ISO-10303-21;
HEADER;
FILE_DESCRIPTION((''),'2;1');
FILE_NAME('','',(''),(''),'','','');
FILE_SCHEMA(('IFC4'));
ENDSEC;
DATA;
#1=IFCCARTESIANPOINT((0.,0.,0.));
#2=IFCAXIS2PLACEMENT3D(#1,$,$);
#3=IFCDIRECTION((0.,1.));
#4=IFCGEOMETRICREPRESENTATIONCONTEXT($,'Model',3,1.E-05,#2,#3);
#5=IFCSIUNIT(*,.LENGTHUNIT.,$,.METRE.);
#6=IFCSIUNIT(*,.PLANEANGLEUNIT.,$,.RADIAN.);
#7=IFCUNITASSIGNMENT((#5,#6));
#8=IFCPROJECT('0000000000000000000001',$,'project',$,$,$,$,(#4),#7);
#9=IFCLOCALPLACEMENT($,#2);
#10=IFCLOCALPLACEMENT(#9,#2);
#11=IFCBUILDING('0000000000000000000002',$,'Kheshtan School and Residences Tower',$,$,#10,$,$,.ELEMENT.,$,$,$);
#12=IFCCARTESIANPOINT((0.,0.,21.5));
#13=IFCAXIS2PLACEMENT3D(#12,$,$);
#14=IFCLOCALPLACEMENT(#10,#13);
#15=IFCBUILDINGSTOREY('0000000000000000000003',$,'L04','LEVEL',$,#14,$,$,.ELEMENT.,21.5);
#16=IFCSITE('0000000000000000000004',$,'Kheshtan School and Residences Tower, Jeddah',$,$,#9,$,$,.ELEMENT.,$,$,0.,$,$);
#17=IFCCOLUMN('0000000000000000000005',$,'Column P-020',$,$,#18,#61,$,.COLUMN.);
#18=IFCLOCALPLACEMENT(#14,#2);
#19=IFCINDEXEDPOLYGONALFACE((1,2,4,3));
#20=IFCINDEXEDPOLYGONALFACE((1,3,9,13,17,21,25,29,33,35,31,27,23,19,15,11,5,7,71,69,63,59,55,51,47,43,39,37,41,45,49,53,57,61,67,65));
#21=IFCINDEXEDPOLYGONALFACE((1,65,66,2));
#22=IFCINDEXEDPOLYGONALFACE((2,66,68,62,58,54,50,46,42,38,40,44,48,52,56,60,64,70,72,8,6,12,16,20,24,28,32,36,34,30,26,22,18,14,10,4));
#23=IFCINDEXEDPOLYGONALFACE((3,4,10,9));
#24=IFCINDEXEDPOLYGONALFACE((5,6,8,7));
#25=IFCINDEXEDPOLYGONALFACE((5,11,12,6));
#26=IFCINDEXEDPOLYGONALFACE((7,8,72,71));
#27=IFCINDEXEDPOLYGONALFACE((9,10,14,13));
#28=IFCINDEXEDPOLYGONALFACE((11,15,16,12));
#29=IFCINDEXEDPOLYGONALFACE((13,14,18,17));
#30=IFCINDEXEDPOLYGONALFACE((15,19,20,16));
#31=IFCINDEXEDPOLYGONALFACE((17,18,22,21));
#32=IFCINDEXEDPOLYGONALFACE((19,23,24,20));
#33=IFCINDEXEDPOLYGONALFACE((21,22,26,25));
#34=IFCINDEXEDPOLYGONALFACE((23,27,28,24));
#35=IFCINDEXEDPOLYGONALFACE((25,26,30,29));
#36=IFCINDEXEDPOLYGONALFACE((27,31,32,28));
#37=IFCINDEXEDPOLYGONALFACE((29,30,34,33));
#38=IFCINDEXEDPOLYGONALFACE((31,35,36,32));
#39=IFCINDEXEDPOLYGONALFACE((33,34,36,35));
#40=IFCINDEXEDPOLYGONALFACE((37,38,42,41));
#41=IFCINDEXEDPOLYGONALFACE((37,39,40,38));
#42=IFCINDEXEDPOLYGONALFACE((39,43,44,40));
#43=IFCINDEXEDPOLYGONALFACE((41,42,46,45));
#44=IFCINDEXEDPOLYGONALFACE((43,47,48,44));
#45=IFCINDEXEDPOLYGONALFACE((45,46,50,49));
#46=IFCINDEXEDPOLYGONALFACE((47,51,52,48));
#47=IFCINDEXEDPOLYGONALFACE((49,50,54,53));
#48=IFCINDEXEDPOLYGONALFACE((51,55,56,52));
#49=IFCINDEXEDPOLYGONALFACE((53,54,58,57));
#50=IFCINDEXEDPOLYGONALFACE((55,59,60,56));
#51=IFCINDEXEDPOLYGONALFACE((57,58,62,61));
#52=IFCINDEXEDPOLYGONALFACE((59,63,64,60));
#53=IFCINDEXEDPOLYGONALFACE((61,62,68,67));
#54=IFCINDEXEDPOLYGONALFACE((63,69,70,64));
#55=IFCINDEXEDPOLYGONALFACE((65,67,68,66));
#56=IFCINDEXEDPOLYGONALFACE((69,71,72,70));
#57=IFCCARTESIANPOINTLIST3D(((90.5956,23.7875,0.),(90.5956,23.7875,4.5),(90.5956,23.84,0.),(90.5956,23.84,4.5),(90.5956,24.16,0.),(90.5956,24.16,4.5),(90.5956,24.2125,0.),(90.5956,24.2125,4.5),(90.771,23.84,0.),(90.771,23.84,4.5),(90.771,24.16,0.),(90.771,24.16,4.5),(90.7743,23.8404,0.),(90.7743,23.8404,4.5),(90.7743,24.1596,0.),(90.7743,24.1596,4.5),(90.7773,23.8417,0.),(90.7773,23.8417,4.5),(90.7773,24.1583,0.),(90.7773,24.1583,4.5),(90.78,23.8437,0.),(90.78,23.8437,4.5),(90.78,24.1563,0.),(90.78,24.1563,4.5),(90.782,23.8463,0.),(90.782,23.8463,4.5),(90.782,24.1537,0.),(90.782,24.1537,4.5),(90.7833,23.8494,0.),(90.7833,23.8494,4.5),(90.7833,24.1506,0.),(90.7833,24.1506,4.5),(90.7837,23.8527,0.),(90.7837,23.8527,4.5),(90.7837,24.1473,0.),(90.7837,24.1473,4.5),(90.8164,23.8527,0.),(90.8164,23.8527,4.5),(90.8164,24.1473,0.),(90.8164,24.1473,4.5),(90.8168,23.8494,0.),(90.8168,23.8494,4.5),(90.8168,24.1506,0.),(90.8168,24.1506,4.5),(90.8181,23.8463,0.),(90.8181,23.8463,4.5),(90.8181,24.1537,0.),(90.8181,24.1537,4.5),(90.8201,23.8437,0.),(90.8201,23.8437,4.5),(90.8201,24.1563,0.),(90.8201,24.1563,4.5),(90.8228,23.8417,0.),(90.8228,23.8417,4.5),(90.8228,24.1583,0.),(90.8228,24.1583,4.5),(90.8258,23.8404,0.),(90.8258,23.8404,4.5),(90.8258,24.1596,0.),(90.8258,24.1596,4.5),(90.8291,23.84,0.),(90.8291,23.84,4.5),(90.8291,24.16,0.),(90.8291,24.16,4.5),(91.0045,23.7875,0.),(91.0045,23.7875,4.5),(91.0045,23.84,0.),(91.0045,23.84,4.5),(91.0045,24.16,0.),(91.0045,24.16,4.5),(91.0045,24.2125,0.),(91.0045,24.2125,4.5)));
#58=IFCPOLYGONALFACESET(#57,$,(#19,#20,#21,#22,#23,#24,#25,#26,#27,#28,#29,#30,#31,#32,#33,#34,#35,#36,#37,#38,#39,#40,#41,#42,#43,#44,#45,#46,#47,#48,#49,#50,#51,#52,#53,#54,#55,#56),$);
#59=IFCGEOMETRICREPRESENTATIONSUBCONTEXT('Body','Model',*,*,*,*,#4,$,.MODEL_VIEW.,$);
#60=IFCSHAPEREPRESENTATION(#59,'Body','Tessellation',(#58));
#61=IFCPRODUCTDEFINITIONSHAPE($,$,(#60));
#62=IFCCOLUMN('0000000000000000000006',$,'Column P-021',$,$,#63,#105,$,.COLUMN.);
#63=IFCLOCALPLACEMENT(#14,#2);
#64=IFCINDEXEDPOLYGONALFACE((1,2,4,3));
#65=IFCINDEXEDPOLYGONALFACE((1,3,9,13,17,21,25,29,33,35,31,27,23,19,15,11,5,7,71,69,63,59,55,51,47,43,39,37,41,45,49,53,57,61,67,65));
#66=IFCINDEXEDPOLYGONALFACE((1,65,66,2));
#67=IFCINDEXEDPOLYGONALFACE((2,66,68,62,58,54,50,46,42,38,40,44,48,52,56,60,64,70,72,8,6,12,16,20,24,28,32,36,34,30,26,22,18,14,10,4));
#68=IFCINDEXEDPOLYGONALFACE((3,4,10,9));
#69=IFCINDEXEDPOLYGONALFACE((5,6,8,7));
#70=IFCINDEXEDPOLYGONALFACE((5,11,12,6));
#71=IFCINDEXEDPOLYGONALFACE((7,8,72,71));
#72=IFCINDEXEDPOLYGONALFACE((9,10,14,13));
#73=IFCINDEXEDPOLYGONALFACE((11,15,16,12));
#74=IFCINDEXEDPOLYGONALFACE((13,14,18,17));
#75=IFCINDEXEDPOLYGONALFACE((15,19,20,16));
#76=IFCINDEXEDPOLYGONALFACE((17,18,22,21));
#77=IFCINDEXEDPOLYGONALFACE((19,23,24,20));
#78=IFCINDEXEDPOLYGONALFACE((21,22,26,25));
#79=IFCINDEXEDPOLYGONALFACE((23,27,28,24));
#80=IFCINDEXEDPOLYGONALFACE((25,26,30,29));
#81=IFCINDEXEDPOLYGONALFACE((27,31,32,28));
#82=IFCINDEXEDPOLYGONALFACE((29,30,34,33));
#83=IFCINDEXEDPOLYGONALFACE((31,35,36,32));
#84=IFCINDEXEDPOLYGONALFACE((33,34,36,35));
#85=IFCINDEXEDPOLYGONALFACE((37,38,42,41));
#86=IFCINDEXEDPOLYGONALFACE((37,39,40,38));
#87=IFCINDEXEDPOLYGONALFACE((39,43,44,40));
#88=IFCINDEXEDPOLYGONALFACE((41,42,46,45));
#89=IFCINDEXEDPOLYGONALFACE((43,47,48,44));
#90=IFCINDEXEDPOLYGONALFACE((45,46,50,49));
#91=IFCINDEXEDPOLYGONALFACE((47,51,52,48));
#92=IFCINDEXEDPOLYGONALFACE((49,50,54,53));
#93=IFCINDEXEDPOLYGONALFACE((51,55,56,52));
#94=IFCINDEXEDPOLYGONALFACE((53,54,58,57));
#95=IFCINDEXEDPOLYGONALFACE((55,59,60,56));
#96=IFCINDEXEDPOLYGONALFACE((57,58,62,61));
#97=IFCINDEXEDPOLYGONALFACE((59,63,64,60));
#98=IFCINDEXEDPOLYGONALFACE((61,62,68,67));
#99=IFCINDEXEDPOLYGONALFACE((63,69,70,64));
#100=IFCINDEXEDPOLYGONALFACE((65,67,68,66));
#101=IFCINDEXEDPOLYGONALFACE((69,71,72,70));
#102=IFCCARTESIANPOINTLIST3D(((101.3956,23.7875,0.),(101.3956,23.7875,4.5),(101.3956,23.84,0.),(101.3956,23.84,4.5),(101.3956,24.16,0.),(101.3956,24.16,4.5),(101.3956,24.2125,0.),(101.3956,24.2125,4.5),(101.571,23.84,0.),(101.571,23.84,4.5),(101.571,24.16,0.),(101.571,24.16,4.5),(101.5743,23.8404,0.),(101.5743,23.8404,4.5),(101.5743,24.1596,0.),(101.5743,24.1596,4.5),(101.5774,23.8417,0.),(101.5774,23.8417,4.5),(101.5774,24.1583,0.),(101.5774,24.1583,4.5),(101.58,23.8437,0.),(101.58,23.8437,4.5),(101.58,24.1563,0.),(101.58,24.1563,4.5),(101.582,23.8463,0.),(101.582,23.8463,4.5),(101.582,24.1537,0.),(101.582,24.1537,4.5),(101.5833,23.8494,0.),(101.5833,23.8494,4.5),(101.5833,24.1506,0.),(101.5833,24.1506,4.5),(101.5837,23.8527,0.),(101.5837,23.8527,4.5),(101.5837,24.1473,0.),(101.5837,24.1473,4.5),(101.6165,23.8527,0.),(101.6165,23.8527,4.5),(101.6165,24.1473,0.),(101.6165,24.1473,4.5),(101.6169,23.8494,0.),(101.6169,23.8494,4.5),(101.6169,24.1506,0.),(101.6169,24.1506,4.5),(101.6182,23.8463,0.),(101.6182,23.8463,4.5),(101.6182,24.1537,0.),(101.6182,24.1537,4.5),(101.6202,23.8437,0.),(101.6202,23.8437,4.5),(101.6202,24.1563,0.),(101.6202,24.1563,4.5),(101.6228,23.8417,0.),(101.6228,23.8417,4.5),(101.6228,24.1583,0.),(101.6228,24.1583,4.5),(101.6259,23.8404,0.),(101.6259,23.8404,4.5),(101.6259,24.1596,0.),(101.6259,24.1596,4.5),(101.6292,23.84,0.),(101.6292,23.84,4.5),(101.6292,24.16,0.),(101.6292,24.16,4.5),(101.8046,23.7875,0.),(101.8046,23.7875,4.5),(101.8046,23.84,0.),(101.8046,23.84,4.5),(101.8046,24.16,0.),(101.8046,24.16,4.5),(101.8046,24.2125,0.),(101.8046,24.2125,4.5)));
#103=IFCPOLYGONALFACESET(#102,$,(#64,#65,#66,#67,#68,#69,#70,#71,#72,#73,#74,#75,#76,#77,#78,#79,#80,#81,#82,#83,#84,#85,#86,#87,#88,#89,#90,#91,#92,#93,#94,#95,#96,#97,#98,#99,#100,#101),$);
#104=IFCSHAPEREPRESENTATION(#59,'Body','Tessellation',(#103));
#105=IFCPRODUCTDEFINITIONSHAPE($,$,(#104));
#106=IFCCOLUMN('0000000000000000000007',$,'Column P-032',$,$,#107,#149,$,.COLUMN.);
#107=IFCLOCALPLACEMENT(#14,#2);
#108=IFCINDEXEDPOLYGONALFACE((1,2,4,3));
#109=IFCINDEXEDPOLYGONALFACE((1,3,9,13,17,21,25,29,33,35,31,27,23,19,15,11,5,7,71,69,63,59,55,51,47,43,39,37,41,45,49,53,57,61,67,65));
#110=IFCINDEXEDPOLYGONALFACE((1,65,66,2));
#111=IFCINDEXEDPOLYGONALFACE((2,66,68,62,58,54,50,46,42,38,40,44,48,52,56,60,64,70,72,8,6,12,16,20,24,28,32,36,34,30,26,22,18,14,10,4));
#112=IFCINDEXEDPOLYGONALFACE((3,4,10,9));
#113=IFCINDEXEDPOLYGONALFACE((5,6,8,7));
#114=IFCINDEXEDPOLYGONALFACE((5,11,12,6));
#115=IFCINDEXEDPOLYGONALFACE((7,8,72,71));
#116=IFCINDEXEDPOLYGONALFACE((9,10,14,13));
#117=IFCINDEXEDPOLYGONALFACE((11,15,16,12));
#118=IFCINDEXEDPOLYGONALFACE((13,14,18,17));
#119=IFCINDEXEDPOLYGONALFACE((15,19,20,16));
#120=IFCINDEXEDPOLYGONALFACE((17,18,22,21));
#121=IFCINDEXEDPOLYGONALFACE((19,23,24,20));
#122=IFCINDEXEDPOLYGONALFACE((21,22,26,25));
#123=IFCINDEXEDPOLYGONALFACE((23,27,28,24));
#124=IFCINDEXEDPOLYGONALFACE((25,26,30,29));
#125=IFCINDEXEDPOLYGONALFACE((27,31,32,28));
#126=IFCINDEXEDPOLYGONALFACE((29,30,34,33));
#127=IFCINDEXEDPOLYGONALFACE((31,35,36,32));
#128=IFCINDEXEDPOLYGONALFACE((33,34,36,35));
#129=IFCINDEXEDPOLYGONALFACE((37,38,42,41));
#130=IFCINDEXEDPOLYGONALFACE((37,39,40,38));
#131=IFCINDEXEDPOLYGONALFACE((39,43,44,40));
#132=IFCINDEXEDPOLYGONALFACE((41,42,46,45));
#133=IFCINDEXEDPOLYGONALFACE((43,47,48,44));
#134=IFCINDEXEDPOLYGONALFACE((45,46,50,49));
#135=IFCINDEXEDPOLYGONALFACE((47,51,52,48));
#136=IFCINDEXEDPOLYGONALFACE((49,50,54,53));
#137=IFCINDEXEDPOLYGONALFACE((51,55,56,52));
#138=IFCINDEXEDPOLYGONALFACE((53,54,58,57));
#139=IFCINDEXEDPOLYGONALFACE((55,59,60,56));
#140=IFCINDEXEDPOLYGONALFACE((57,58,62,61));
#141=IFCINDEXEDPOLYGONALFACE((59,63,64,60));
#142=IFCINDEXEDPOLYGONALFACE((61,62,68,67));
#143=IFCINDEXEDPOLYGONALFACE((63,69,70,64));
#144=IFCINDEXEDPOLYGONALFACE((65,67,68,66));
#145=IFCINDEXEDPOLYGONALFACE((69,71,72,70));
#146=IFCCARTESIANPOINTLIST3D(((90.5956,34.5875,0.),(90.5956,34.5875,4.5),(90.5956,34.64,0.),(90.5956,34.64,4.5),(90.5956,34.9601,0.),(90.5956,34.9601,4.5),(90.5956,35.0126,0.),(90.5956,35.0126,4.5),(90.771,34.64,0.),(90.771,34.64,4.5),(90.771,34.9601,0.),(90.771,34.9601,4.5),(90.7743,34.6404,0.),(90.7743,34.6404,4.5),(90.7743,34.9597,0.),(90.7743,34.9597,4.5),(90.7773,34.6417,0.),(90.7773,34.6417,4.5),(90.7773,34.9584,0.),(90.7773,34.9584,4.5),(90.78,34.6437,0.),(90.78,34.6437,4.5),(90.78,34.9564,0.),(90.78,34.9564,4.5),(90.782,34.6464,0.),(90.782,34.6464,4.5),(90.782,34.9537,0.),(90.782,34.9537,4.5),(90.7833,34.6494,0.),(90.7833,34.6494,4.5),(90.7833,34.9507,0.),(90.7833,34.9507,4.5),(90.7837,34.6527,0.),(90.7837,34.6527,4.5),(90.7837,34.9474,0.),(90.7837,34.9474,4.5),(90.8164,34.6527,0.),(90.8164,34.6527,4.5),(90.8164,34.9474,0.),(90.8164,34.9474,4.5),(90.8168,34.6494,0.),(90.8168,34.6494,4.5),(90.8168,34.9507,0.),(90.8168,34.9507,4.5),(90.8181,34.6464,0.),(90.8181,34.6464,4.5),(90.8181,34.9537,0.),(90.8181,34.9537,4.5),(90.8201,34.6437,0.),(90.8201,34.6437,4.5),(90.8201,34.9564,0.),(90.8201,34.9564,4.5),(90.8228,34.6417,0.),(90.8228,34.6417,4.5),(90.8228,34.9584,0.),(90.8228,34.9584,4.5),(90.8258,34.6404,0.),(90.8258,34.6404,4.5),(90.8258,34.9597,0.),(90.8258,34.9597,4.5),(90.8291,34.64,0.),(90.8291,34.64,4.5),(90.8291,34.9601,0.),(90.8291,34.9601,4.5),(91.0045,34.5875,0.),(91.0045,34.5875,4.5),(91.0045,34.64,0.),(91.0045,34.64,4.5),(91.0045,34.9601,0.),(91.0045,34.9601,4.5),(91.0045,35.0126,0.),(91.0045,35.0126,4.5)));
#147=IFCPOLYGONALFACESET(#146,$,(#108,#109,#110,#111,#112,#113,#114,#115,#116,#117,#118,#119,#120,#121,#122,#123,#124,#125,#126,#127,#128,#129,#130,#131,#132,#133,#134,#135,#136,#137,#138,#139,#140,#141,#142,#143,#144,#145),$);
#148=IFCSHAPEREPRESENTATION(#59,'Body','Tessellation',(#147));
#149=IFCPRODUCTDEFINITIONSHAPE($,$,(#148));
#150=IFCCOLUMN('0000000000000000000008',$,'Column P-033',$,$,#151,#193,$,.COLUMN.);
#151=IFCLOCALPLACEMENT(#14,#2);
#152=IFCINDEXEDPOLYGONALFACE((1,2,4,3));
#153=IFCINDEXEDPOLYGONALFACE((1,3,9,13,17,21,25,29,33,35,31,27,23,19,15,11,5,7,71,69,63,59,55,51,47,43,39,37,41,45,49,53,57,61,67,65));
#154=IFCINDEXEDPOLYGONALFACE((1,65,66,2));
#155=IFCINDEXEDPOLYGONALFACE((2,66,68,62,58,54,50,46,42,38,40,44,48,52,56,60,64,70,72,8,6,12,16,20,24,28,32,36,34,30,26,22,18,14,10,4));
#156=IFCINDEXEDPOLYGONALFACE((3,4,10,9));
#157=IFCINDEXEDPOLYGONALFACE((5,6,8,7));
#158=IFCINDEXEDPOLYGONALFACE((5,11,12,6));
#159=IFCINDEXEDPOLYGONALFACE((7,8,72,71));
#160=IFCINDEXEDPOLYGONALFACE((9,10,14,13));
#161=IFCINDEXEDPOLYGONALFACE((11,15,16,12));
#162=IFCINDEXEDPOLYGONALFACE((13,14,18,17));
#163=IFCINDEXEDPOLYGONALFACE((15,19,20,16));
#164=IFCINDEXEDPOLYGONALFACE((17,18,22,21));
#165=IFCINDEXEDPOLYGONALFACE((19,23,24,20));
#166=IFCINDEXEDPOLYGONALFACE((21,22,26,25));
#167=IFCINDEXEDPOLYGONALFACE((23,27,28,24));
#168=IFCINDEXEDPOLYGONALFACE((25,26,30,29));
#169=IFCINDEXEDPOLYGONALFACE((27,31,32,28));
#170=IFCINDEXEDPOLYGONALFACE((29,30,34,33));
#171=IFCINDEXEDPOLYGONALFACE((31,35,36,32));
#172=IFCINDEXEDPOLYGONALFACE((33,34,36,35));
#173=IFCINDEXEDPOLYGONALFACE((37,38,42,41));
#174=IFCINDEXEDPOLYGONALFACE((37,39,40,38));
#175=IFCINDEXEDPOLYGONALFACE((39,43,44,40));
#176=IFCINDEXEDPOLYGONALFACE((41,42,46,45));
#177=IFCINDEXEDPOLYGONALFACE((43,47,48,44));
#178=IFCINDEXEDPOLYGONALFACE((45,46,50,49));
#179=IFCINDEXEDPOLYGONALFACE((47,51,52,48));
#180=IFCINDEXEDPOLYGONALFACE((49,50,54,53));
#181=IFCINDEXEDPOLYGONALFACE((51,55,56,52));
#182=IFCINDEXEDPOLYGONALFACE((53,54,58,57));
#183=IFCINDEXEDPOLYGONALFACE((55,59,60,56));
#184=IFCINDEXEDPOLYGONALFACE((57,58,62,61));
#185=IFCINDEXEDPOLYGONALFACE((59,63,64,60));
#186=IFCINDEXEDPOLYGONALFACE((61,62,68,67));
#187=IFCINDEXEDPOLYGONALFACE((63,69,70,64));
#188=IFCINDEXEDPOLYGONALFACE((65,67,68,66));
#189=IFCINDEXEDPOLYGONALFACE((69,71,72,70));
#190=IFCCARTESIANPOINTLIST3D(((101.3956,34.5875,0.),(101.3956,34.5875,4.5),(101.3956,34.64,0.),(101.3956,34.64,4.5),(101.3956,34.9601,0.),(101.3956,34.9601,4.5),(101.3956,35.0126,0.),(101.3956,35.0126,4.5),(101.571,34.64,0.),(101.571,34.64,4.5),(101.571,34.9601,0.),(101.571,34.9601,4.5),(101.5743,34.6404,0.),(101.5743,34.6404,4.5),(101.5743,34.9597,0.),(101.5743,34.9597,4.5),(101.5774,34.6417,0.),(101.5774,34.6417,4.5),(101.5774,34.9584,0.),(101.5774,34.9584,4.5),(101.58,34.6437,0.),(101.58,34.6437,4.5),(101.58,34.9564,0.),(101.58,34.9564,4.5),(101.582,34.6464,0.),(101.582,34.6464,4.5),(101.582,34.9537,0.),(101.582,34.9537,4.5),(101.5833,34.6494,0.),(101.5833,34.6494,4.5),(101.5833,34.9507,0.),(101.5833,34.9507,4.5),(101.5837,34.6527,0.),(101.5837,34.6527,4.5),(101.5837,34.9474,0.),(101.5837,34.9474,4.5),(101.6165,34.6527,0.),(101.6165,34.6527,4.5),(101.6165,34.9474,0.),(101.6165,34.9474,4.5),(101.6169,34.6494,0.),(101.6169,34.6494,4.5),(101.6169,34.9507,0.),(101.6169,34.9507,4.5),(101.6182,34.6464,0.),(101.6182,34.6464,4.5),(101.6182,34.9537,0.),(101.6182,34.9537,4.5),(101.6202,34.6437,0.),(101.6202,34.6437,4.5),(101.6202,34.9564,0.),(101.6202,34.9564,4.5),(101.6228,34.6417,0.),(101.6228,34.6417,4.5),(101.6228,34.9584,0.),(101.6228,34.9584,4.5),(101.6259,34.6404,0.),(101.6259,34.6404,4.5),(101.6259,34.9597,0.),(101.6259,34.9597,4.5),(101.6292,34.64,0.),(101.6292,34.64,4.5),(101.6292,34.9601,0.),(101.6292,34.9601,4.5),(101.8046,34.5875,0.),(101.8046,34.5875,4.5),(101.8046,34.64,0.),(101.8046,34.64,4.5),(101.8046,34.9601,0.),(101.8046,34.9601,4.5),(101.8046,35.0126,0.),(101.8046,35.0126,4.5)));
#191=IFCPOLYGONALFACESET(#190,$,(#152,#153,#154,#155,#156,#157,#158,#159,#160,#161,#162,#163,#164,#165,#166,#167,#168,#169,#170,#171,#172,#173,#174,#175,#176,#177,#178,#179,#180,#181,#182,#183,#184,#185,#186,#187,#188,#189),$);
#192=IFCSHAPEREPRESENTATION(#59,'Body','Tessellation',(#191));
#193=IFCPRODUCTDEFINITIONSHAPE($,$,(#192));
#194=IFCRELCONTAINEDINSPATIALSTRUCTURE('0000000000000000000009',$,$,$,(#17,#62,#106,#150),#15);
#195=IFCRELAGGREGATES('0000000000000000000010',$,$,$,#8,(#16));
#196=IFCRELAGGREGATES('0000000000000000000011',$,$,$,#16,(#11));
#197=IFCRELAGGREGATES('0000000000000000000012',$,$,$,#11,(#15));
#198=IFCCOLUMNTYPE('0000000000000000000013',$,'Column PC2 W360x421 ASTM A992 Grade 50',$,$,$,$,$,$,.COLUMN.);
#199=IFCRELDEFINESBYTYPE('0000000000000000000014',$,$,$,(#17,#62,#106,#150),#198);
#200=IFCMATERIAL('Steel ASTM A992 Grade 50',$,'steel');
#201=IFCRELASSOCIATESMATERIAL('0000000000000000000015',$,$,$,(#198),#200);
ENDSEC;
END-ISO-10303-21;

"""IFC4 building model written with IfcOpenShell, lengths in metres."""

from ifc_helpers import new_model, si_unit, direction, frame, origin, origin_2d, place, context, subcontext, project, spatial, i_section, extrude, material, material_profile, profile_set, type_object, element, save


model = new_model("IFC4")

# Units and contexts
model_context = context("Model", 3, precision=1e-05, world=origin(), true_north=direction((0.0, 1.0)))
body_context = subcontext(model_context, "Body", "Model", "MODEL_VIEW")
ifc_project = project(units=[si_unit("LENGTHUNIT", "METRE"), si_unit("PLANEANGLEUNIT", "RADIAN")], contexts=[model_context])

# Site, building, storey
site_placement = place(None, origin())
site = spatial("IfcSite", under=ifc_project, at=site_placement, Name="Kheshtan School and Residences Tower, Jeddah", CompositionType="ELEMENT", RefElevation=0.0)
building_placement = place(site_placement, origin())
building = spatial("IfcBuilding", under=site, at=building_placement, Name="Kheshtan School and Residences Tower", CompositionType="ELEMENT")
storey_placement = place(building_placement, frame((0.0, 0.0, 21.5)))
storey = spatial("IfcBuildingStorey", under=building, at=storey_placement, Name="L04", Description="LEVEL", CompositionType="ELEMENT", Elevation=21.5)

# Columns
ifc_material_1 = material(Name="Steel ASTM A992 Grade 50", Category="steel")
ifc_material_profile = material_profile(ifc_material_1, i_section(OverallWidth=0.4089, OverallDepth=0.425, WebThickness=0.0327, FlangeThickness=0.0525, FilletRadius=0.0127, at=origin_2d()), Name="W360x421")
ifc_profile_set = profile_set([ifc_material_profile], Name="Steel ASTM A992 Grade 50")
column_type = type_object("IfcColumnType", Name="Column PC2 W360x421 ASTM A992 Grade 50", PredefinedType="COLUMN", material=ifc_profile_set)
for number, where, z_axis, x_axis, name in (
    (1, (90.8, 24.0, 0.0), (0.0, 0.0, 1.0), (1.0, 0.0, 0.0), "Column P-020"),
    (2, (101.6001, 24.0, 0.0), (0.0, 0.0, 1.0), (1.0, 0.0, 0.0), "Column P-021"),
    (3, (90.8, 34.8, 0.0), (0.0, 0.0, 1.0), (1.0, 0.0, 0.0), "Column P-032"),
    (4, (101.6001, 34.8, 0.0), (0.0, 0.0, 1.0), (1.0, 0.0, 0.0), "Column P-033"),
):
    element("IfcColumn", number, at=place(storey_placement, frame(where, z_axis=z_axis, x_axis=x_axis)), inside=storey, type_object=column_type, Name=name, PredefinedType="COLUMN", context=body_context, shape_type="SweptSolid", body=[
        extrude(i_section(OverallWidth=0.4089, OverallDepth=0.425, WebThickness=0.0327, FlangeThickness=0.0525, FilletRadius=0.0127, at=origin_2d()), origin(), (0.0, 0.0, 1.0), 4.5),
    ])

save(model, "model.ifc")
